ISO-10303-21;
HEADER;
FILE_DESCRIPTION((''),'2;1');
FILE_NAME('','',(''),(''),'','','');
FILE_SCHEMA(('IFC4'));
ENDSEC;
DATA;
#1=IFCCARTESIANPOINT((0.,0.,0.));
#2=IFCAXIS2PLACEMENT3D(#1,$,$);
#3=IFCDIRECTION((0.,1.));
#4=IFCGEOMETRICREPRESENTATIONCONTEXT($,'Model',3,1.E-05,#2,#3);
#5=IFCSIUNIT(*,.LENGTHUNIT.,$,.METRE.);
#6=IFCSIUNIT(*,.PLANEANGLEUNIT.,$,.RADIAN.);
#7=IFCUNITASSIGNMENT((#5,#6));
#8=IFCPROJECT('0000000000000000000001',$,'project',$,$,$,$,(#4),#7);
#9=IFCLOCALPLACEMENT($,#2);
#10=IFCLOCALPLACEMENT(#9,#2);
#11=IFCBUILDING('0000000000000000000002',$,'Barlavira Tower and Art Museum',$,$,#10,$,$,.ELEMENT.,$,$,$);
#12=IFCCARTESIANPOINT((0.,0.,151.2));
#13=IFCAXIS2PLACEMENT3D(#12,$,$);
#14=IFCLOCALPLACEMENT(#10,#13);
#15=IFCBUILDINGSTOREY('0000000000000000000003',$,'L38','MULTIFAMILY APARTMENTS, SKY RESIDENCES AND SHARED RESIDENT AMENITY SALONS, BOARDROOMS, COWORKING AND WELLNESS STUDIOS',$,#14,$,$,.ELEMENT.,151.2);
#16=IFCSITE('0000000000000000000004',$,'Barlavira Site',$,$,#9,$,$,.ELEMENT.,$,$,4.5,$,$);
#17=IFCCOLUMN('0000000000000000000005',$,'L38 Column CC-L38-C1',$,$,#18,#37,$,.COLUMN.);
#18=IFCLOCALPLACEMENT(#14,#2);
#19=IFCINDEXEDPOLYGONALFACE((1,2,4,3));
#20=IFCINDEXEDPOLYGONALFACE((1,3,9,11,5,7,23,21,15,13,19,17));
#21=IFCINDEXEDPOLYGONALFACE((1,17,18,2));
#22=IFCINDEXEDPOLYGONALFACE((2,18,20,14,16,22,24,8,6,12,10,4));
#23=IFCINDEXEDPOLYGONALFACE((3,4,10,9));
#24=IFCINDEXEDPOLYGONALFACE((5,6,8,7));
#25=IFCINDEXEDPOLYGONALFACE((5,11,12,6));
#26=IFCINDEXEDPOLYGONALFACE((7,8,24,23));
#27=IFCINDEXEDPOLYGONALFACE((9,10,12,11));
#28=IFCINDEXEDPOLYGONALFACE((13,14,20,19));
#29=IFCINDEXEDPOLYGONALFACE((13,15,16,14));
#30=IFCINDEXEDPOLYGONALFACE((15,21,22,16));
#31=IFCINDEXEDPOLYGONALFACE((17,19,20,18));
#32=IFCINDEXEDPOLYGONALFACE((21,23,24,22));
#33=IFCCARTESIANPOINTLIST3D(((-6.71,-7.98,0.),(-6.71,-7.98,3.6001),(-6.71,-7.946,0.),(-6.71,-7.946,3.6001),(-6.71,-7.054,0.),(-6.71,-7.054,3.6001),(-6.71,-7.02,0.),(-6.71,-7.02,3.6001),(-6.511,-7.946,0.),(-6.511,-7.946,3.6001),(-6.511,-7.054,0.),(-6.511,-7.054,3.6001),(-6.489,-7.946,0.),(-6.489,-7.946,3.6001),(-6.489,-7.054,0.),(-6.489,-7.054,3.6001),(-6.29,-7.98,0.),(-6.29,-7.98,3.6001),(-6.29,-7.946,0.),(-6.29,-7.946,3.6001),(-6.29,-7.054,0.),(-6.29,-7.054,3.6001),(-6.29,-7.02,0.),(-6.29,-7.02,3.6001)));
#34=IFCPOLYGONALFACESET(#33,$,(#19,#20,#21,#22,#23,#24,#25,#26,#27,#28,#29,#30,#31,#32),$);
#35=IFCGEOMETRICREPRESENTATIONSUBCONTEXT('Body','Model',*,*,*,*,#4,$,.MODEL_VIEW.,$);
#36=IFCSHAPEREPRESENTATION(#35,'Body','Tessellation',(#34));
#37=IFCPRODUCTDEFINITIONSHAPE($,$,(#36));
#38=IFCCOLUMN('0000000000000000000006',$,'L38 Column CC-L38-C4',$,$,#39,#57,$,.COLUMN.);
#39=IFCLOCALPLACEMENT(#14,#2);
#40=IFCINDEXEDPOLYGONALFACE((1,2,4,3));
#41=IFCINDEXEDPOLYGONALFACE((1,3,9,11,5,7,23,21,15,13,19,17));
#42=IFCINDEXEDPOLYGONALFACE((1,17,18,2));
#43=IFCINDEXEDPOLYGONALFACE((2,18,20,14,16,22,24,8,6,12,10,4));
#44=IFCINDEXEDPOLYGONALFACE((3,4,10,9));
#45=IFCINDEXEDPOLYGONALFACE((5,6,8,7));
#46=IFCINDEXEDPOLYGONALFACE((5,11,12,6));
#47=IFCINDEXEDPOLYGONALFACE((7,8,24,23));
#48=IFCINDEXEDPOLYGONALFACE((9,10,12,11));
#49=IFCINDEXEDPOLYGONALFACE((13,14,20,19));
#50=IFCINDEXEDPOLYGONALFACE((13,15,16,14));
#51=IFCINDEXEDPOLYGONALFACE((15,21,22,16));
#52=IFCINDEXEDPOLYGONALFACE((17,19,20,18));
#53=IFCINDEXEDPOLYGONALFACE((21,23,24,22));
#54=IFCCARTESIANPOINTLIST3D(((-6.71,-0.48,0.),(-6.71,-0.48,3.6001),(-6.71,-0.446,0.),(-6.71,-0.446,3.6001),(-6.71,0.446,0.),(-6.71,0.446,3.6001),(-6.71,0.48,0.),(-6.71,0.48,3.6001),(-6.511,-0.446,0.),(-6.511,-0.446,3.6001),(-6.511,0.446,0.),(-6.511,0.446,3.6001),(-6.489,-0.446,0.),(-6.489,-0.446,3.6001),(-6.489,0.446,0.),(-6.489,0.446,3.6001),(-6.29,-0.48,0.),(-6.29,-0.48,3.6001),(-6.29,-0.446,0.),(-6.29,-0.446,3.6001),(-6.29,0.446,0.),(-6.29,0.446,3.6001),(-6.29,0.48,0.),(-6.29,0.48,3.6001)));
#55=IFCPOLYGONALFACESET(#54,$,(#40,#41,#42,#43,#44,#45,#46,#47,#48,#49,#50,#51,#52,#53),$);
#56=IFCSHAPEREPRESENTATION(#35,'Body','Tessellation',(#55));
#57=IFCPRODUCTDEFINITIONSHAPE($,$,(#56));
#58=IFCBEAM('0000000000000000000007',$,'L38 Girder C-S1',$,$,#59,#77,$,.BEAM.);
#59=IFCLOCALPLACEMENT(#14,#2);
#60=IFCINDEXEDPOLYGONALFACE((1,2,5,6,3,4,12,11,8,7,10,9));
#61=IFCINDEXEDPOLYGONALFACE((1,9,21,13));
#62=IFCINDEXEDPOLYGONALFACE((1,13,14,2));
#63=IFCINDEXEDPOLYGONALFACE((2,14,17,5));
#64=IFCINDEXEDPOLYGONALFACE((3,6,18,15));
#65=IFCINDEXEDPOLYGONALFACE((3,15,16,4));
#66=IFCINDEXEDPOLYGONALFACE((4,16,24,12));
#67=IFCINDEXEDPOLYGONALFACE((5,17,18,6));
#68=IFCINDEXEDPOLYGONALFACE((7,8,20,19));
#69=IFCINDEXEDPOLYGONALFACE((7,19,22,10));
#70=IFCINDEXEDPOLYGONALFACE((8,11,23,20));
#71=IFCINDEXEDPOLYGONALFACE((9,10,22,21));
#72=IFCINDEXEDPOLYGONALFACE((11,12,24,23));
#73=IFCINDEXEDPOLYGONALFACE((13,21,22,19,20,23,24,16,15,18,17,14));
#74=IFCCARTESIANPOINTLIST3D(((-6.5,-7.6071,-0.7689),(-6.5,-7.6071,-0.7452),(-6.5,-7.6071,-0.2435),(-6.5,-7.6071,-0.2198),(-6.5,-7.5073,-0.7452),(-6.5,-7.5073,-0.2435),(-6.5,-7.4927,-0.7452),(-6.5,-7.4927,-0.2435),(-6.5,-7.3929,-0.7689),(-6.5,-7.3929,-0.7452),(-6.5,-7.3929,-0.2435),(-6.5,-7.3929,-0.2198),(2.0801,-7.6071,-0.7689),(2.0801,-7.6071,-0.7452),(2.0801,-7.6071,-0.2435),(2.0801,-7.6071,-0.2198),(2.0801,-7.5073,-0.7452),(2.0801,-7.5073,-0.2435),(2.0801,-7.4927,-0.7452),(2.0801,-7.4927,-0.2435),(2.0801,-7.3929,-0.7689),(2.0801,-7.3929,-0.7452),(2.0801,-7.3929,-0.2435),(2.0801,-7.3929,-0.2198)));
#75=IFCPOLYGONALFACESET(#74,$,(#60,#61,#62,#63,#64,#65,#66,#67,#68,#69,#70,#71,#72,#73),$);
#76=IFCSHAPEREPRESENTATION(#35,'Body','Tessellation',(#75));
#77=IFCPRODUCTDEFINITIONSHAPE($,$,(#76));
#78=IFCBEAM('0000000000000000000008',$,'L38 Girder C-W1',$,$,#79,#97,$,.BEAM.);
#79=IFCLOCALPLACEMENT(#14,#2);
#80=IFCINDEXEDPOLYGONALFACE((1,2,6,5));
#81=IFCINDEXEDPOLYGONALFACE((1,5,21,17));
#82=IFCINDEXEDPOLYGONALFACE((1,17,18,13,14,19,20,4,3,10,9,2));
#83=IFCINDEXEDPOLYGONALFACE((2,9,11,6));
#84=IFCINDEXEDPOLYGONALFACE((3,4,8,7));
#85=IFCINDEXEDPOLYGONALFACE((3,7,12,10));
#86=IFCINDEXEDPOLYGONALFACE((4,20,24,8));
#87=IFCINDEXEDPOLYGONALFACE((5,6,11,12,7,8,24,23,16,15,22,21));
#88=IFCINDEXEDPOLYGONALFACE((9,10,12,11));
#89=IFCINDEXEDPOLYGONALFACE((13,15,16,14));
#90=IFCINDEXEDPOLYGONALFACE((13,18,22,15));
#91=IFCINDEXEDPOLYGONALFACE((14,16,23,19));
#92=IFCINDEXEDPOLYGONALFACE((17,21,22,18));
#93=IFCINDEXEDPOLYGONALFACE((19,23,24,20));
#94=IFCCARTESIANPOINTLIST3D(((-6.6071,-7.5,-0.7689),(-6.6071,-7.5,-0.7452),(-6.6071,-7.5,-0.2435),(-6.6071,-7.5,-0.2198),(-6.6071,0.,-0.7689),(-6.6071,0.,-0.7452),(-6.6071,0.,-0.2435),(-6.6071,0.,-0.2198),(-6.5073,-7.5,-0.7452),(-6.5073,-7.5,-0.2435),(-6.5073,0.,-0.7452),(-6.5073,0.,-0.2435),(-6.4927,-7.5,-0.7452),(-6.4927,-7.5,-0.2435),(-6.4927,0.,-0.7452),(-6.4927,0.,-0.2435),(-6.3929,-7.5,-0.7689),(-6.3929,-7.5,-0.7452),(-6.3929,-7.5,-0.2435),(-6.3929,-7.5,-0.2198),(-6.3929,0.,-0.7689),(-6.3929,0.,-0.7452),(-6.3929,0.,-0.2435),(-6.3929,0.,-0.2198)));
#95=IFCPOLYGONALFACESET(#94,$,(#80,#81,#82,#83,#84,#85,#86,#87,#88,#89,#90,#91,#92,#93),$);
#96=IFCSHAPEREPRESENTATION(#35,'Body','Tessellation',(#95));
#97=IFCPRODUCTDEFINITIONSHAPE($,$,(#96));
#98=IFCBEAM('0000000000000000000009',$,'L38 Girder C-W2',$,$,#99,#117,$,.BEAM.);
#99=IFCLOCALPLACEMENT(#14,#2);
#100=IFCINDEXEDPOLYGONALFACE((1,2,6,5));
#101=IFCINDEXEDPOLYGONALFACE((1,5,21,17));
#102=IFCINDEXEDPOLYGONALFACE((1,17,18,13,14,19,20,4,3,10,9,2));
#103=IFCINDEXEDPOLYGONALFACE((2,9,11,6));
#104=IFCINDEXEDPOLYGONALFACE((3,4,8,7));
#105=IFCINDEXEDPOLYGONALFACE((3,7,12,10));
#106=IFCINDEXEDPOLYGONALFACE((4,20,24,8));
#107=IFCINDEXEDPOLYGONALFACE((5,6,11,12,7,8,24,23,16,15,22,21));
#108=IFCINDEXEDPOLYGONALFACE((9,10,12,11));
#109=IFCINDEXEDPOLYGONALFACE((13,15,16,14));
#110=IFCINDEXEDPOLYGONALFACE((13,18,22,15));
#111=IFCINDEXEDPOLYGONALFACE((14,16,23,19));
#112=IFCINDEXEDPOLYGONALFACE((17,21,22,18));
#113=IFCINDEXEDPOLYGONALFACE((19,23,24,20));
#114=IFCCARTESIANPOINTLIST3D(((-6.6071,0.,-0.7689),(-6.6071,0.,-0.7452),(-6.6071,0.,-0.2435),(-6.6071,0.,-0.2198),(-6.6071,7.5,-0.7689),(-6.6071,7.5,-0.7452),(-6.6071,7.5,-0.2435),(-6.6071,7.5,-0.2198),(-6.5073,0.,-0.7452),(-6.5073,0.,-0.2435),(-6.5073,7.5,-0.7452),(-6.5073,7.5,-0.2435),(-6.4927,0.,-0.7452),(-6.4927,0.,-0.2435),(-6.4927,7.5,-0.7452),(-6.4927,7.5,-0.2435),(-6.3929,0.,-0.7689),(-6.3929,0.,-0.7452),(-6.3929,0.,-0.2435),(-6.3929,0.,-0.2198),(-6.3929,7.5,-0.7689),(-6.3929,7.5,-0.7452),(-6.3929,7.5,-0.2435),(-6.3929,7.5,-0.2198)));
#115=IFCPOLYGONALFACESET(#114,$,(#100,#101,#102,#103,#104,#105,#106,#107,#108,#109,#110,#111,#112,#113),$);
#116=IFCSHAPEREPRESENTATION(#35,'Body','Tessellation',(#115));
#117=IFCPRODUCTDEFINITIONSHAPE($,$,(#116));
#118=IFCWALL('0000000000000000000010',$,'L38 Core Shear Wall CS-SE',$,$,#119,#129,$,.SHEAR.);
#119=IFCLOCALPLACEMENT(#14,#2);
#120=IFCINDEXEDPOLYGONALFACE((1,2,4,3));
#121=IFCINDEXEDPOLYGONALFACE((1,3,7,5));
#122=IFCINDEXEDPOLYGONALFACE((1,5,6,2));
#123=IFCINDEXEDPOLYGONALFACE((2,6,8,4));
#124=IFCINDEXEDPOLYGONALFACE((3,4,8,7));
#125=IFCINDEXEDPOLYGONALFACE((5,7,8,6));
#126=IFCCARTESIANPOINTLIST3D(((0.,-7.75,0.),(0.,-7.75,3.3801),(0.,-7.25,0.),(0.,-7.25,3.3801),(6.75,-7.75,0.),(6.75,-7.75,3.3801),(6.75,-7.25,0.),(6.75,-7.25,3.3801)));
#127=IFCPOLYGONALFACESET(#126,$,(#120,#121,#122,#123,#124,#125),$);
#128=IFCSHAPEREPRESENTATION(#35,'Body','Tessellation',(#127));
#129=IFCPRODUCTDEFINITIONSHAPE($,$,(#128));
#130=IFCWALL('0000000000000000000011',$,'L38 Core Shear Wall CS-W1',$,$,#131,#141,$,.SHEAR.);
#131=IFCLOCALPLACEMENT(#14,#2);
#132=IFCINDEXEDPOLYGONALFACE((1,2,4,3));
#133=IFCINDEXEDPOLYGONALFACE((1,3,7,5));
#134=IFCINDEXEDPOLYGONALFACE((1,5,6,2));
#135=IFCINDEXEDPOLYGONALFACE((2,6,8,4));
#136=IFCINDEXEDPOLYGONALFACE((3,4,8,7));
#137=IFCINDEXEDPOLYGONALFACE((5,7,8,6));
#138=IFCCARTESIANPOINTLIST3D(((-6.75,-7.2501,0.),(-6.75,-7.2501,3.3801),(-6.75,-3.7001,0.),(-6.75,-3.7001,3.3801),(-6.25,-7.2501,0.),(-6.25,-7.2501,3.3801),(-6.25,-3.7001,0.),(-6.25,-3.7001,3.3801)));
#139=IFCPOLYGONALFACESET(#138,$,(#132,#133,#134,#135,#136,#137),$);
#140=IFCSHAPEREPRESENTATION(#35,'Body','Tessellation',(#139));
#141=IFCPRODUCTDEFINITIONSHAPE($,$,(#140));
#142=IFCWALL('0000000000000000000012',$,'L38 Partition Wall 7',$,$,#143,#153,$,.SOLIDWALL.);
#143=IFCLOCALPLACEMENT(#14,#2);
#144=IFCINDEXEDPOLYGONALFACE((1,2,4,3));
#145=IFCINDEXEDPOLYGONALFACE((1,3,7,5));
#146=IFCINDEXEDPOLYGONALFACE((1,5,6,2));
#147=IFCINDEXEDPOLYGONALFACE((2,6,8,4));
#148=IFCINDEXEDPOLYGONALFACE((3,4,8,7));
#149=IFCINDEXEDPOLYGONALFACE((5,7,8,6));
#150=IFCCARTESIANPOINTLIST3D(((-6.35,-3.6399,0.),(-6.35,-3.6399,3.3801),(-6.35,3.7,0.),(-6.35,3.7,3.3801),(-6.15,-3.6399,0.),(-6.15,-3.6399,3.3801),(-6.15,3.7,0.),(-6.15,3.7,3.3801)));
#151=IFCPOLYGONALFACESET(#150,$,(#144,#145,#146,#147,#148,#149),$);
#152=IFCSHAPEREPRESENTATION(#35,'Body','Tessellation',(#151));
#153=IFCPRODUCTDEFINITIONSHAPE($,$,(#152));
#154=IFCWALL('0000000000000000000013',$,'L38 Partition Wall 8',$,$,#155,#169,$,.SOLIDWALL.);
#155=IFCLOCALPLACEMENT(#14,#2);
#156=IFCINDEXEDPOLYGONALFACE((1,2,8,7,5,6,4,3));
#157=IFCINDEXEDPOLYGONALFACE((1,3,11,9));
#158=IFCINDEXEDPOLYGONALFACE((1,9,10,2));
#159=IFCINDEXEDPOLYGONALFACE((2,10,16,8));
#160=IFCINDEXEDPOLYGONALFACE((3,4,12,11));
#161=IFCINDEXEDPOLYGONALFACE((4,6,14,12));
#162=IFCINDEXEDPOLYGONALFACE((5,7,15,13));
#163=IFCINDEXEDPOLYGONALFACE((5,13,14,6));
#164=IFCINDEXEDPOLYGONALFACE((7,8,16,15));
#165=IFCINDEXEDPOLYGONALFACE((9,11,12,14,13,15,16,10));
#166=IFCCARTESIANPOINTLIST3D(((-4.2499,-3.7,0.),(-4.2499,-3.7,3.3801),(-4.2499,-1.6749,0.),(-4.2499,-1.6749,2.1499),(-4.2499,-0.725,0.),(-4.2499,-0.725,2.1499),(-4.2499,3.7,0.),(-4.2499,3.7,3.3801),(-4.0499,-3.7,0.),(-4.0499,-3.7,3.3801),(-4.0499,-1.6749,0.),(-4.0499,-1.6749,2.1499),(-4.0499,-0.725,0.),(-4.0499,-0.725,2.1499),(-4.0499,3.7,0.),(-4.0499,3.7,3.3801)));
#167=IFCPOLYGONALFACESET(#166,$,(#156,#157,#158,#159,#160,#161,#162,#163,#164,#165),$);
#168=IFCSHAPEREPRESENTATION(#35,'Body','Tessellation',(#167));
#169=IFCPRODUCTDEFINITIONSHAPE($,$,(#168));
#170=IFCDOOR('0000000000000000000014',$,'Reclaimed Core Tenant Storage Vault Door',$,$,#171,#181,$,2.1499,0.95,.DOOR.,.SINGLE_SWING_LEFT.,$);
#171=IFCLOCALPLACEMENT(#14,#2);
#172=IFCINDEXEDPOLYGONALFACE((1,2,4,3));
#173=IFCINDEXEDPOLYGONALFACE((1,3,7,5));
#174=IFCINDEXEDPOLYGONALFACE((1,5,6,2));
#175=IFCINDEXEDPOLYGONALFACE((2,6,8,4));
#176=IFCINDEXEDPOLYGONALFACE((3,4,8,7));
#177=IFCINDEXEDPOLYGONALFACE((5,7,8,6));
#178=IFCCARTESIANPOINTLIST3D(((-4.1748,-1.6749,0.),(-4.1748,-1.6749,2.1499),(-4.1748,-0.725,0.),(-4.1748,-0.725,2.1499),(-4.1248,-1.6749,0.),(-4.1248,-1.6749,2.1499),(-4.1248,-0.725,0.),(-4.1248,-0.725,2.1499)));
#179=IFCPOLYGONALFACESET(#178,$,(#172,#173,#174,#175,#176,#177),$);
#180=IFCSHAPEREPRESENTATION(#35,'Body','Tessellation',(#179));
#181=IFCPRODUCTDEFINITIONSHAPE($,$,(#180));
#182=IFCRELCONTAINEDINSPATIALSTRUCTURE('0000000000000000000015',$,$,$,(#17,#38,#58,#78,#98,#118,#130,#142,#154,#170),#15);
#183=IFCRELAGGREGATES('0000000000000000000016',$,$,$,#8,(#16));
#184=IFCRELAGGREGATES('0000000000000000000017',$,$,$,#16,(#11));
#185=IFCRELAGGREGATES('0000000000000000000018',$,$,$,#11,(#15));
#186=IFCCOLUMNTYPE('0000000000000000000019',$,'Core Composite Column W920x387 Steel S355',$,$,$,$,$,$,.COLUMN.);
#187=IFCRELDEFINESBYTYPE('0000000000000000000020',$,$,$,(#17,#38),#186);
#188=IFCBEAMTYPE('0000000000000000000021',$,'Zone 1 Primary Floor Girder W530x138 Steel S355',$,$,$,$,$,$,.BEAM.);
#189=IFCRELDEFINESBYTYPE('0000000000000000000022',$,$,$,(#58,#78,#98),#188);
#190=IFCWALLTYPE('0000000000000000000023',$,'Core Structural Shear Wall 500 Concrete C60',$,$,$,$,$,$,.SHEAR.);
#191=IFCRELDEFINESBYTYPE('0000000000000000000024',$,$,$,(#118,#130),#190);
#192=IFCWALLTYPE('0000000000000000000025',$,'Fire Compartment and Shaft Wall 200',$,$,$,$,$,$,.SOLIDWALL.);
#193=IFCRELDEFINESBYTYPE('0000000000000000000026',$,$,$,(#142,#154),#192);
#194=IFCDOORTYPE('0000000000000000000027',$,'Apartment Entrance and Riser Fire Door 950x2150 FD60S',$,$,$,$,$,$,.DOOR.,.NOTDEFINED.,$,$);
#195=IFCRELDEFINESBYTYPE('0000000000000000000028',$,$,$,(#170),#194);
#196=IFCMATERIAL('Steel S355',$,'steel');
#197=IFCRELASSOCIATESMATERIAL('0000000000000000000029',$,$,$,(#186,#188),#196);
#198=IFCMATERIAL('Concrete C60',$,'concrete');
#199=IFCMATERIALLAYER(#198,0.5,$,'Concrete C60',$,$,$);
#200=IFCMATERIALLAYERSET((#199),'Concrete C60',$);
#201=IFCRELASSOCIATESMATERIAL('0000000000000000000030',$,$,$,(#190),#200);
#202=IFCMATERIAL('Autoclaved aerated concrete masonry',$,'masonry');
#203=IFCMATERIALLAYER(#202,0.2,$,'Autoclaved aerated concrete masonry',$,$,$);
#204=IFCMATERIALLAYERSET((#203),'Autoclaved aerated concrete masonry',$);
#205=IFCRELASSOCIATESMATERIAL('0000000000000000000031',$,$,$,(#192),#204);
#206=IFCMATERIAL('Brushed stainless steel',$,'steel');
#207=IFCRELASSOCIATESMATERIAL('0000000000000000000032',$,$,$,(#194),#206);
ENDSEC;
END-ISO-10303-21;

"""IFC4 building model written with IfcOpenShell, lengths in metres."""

from ifc_helpers import new_model, si_unit, direction, frame, frame_2d, origin, origin_2d, place, context, subcontext, project, spatial, rectangle, i_section, extrude, material, layer, layer_set, material_profile, profile_set, type_object, element, fill, save


model = new_model("IFC4")

# Units and contexts
model_context = context("Model", 3, precision=1e-05, world=origin(), true_north=direction((0.0, 1.0)))
body_context = subcontext(model_context, "Body", "Model", "MODEL_VIEW")
ifc_project = project(units=[si_unit("LENGTHUNIT", "METRE"), si_unit("PLANEANGLEUNIT", "RADIAN")], contexts=[model_context])

# Site, building, storey
site_placement = place(None, origin())
site = spatial("IfcSite", under=ifc_project, at=site_placement, Name="Barlavira Site", CompositionType="ELEMENT", RefElevation=4.5)
building_placement = place(site_placement, origin())
building = spatial("IfcBuilding", under=site, at=building_placement, Name="Barlavira Tower and Art Museum", CompositionType="ELEMENT")
storey_placement = place(building_placement, frame((0.0, 0.0, 151.2)))
storey = spatial("IfcBuildingStorey", under=building, at=storey_placement, Name="L38", Description="MULTIFAMILY APARTMENTS, SKY RESIDENCES AND SHARED RESIDENT AMENITY SALONS, BOARDROOMS, COWORKING AND WELLNESS STUDIOS", CompositionType="ELEMENT", Elevation=151.2)

# Columns
ifc_material_1 = material(Name="Steel S355", Category="steel")
ifc_material_profile_1 = material_profile(ifc_material_1, i_section(OverallWidth=0.4199, OverallDepth=0.96, WebThickness=0.022, FlangeThickness=0.0339, at=origin_2d()), Name="W920x387.0")
ifc_profile_set_1 = profile_set([ifc_material_profile_1], Name="Steel S355")
column_type = type_object("IfcColumnType", Name="Core Composite Column W920x387 Steel S355", PredefinedType="COLUMN", material=ifc_profile_set_1)
for number, where, z_axis, x_axis, name in (
    (1, (-6.5, -7.5, 0.0), (0.0, 0.0, 1.0), (1.0, 0.0, 0.0), "L38 Column CC-L38-C1"),
    (2, (-6.5, 0.0, 0.0), (0.0, 0.0, 1.0), (1.0, 0.0, 0.0), "L38 Column CC-L38-C4"),
):
    element("IfcColumn", number, at=place(storey_placement, frame(where, z_axis=z_axis, x_axis=x_axis)), inside=storey, type_object=column_type, Name=name, PredefinedType="COLUMN", context=body_context, shape_type="SweptSolid", body=[
        extrude(i_section(OverallWidth=0.4199, OverallDepth=0.96, WebThickness=0.022, FlangeThickness=0.0339, at=origin_2d()), origin(), (0.0, 0.0, 1.0), 3.6001),
    ])

# Beams
ifc_material_profile_2 = material_profile(ifc_material_1, i_section(OverallWidth=0.2141, OverallDepth=0.5491, WebThickness=0.0146, FlangeThickness=0.0237, at=origin_2d()), Name="W530x138.0")
ifc_profile_set_2 = profile_set([ifc_material_profile_2], Name="Steel S355")
beam_type = type_object("IfcBeamType", Name="Zone 1 Primary Floor Girder W530x138 Steel S355", PredefinedType="BEAM", material=ifc_profile_set_2)
beam_placement = place(storey_placement, frame((-6.5, -7.5, -0.4944), z_axis=(1.0, 0.0, 0.0), x_axis=(0.0, 1.0, 0.0)))
element("IfcBeam", 3, at=beam_placement, inside=storey, type_object=beam_type, Name="L38 Girder C-S1", PredefinedType="BEAM", context=body_context, shape_type="SweptSolid", body=[
    extrude(i_section(OverallWidth=0.2141, OverallDepth=0.5491, WebThickness=0.0146, FlangeThickness=0.0237, at=origin_2d()), origin(), (0.0, 0.0, 1.0), 8.5801),
])
for number, where, z_axis, x_axis, name in (
    (4, (-6.5, -7.5, -0.4944), (0.0, 1.0, 0.0), (-1.0, 0.0, 0.0), "L38 Girder C-W1"),
    (5, (-6.5, 0.0, -0.4944), (0.0, 1.0, 0.0), (-1.0, 0.0, 0.0), "L38 Girder C-W2"),
):
    element("IfcBeam", number, at=place(storey_placement, frame(where, z_axis=z_axis, x_axis=x_axis)), inside=storey, type_object=beam_type, Name=name, PredefinedType="BEAM", context=body_context, shape_type="SweptSolid", body=[
        extrude(i_section(OverallWidth=0.2141, OverallDepth=0.5491, WebThickness=0.0146, FlangeThickness=0.0237, at=origin_2d()), origin(), (0.0, 0.0, 1.0), 7.5),
    ])

# Walls
ifc_material_2 = material(Name="Concrete C60", Category="concrete")
ifc_layer_1 = layer(ifc_material_2, 0.5, Name="Concrete C60")
ifc_layer_set_1 = layer_set([ifc_layer_1], Name="Concrete C60")
wall_type_1 = type_object("IfcWallType", Name="Core Structural Shear Wall 500 Concrete C60", PredefinedType="SHEAR", material=ifc_layer_set_1)
wall_1_placement = place(storey_placement, frame((0.0, -7.5, 0.0), z_axis=(0.0, 0.0, 1.0), x_axis=(1.0, 0.0, 0.0)))
element("IfcWall", 6, at=wall_1_placement, inside=storey, type_object=wall_type_1, Name="L38 Core Shear Wall CS-SE", PredefinedType="SHEAR", context=body_context, shape_type="SweptSolid", body=[
    extrude(rectangle(XDim=6.75, YDim=0.5, at=frame_2d((3.375, 0.0))), origin(), (0.0, 0.0, 1.0), 3.3801),
])
wall_2_placement = place(storey_placement, frame((-6.5, -7.25, 0.0), z_axis=(0.0, 0.0, 1.0), x_axis=(0.0, 1.0, 0.0)))
element("IfcWall", 7, at=wall_2_placement, inside=storey, type_object=wall_type_1, Name="L38 Core Shear Wall CS-W1", PredefinedType="SHEAR", context=body_context, shape_type="SweptSolid", body=[
    extrude(rectangle(XDim=3.55, YDim=0.5, at=frame_2d((1.7749, 0.0))), origin(), (0.0, 0.0, 1.0), 3.3801),
])
ifc_material_3 = material(Name="Autoclaved aerated concrete masonry", Category="masonry")
ifc_layer_2 = layer(ifc_material_3, 0.2, Name="Autoclaved aerated concrete masonry")
ifc_layer_set_2 = layer_set([ifc_layer_2], Name="Autoclaved aerated concrete masonry")
wall_type_2 = type_object("IfcWallType", Name="Fire Compartment and Shaft Wall 200", PredefinedType="SOLIDWALL", material=ifc_layer_set_2)
wall_3_placement = place(storey_placement, frame((-6.25, -3.6399, 0.0), z_axis=(0.0, 0.0, 1.0), x_axis=(0.0, 1.0, 0.0)))
element("IfcWall", 8, at=wall_3_placement, inside=storey, type_object=wall_type_2, Name="L38 Partition Wall 7", PredefinedType="SOLIDWALL", context=body_context, shape_type="SweptSolid", body=[
    extrude(rectangle(XDim=7.3398, YDim=0.2, at=frame_2d((3.6699, 0.0))), origin(), (0.0, 0.0, 1.0), 3.3801),
])

# Wall, opening, door
wall_4_placement = place(storey_placement, frame((-4.1499, -3.7, 0.0), z_axis=(0.0, 0.0, 1.0), x_axis=(0.0, 1.0, 0.0)))
wall_4 = element("IfcWall", 9, at=wall_4_placement, inside=storey, type_object=wall_type_2, Name="L38 Partition Wall 8", PredefinedType="SOLIDWALL", context=body_context, shape_type="SweptSolid", body=[
    extrude(rectangle(XDim=7.3999, YDim=0.2, at=frame_2d((3.7, 0.0))), origin(), (0.0, 0.0, 1.0), 3.3801),
])
opening_1_placement = place(wall_4_placement, frame((2.0249, 0.0, 0.0)))
opening_1 = element("IfcOpeningElement", 10, at=opening_1_placement, cuts=wall_4, PredefinedType="OPENING", context=body_context, shape_type="SweptSolid", body=[
    extrude(rectangle(XDim=0.95, YDim=2.1499, at=frame_2d((0.4751, 1.075))), frame((0.0, 0.1099, 0.0), z_axis=(0.0, -1.0, 0.0), x_axis=(1.0, 0.0, 0.0)), (0.0, 0.0, 1.0), 0.22),
])
ifc_material_4 = material(Name="Brushed stainless steel", Category="steel")
door_type = type_object("IfcDoorType", Name="Apartment Entrance and Riser Fire Door 950x2150 FD60S", OperationType="NOTDEFINED", PredefinedType="DOOR", material=ifc_material_4)
door_1_placement = place(opening_1_placement, origin())
door_1 = element("IfcDoor", 11, at=door_1_placement, inside=storey, type_object=door_type, Name="Reclaimed Core Tenant Storage Vault Door", OperationType="SINGLE_SWING_LEFT", OverallHeight=2.1499, OverallWidth=0.95, PredefinedType="DOOR", context=body_context, shape_type="SweptSolid", body=[
    extrude(rectangle(XDim=0.95, YDim=2.1499, at=frame_2d((0.4751, 1.075))), frame((0.0, 0.0249, 0.0), z_axis=(0.0, -1.0, 0.0), x_axis=(1.0, 0.0, 0.0)), (0.0, 0.0, 1.0), 0.05),
])
fill(opening_1, door_1)

save(model, "model.ifc")
